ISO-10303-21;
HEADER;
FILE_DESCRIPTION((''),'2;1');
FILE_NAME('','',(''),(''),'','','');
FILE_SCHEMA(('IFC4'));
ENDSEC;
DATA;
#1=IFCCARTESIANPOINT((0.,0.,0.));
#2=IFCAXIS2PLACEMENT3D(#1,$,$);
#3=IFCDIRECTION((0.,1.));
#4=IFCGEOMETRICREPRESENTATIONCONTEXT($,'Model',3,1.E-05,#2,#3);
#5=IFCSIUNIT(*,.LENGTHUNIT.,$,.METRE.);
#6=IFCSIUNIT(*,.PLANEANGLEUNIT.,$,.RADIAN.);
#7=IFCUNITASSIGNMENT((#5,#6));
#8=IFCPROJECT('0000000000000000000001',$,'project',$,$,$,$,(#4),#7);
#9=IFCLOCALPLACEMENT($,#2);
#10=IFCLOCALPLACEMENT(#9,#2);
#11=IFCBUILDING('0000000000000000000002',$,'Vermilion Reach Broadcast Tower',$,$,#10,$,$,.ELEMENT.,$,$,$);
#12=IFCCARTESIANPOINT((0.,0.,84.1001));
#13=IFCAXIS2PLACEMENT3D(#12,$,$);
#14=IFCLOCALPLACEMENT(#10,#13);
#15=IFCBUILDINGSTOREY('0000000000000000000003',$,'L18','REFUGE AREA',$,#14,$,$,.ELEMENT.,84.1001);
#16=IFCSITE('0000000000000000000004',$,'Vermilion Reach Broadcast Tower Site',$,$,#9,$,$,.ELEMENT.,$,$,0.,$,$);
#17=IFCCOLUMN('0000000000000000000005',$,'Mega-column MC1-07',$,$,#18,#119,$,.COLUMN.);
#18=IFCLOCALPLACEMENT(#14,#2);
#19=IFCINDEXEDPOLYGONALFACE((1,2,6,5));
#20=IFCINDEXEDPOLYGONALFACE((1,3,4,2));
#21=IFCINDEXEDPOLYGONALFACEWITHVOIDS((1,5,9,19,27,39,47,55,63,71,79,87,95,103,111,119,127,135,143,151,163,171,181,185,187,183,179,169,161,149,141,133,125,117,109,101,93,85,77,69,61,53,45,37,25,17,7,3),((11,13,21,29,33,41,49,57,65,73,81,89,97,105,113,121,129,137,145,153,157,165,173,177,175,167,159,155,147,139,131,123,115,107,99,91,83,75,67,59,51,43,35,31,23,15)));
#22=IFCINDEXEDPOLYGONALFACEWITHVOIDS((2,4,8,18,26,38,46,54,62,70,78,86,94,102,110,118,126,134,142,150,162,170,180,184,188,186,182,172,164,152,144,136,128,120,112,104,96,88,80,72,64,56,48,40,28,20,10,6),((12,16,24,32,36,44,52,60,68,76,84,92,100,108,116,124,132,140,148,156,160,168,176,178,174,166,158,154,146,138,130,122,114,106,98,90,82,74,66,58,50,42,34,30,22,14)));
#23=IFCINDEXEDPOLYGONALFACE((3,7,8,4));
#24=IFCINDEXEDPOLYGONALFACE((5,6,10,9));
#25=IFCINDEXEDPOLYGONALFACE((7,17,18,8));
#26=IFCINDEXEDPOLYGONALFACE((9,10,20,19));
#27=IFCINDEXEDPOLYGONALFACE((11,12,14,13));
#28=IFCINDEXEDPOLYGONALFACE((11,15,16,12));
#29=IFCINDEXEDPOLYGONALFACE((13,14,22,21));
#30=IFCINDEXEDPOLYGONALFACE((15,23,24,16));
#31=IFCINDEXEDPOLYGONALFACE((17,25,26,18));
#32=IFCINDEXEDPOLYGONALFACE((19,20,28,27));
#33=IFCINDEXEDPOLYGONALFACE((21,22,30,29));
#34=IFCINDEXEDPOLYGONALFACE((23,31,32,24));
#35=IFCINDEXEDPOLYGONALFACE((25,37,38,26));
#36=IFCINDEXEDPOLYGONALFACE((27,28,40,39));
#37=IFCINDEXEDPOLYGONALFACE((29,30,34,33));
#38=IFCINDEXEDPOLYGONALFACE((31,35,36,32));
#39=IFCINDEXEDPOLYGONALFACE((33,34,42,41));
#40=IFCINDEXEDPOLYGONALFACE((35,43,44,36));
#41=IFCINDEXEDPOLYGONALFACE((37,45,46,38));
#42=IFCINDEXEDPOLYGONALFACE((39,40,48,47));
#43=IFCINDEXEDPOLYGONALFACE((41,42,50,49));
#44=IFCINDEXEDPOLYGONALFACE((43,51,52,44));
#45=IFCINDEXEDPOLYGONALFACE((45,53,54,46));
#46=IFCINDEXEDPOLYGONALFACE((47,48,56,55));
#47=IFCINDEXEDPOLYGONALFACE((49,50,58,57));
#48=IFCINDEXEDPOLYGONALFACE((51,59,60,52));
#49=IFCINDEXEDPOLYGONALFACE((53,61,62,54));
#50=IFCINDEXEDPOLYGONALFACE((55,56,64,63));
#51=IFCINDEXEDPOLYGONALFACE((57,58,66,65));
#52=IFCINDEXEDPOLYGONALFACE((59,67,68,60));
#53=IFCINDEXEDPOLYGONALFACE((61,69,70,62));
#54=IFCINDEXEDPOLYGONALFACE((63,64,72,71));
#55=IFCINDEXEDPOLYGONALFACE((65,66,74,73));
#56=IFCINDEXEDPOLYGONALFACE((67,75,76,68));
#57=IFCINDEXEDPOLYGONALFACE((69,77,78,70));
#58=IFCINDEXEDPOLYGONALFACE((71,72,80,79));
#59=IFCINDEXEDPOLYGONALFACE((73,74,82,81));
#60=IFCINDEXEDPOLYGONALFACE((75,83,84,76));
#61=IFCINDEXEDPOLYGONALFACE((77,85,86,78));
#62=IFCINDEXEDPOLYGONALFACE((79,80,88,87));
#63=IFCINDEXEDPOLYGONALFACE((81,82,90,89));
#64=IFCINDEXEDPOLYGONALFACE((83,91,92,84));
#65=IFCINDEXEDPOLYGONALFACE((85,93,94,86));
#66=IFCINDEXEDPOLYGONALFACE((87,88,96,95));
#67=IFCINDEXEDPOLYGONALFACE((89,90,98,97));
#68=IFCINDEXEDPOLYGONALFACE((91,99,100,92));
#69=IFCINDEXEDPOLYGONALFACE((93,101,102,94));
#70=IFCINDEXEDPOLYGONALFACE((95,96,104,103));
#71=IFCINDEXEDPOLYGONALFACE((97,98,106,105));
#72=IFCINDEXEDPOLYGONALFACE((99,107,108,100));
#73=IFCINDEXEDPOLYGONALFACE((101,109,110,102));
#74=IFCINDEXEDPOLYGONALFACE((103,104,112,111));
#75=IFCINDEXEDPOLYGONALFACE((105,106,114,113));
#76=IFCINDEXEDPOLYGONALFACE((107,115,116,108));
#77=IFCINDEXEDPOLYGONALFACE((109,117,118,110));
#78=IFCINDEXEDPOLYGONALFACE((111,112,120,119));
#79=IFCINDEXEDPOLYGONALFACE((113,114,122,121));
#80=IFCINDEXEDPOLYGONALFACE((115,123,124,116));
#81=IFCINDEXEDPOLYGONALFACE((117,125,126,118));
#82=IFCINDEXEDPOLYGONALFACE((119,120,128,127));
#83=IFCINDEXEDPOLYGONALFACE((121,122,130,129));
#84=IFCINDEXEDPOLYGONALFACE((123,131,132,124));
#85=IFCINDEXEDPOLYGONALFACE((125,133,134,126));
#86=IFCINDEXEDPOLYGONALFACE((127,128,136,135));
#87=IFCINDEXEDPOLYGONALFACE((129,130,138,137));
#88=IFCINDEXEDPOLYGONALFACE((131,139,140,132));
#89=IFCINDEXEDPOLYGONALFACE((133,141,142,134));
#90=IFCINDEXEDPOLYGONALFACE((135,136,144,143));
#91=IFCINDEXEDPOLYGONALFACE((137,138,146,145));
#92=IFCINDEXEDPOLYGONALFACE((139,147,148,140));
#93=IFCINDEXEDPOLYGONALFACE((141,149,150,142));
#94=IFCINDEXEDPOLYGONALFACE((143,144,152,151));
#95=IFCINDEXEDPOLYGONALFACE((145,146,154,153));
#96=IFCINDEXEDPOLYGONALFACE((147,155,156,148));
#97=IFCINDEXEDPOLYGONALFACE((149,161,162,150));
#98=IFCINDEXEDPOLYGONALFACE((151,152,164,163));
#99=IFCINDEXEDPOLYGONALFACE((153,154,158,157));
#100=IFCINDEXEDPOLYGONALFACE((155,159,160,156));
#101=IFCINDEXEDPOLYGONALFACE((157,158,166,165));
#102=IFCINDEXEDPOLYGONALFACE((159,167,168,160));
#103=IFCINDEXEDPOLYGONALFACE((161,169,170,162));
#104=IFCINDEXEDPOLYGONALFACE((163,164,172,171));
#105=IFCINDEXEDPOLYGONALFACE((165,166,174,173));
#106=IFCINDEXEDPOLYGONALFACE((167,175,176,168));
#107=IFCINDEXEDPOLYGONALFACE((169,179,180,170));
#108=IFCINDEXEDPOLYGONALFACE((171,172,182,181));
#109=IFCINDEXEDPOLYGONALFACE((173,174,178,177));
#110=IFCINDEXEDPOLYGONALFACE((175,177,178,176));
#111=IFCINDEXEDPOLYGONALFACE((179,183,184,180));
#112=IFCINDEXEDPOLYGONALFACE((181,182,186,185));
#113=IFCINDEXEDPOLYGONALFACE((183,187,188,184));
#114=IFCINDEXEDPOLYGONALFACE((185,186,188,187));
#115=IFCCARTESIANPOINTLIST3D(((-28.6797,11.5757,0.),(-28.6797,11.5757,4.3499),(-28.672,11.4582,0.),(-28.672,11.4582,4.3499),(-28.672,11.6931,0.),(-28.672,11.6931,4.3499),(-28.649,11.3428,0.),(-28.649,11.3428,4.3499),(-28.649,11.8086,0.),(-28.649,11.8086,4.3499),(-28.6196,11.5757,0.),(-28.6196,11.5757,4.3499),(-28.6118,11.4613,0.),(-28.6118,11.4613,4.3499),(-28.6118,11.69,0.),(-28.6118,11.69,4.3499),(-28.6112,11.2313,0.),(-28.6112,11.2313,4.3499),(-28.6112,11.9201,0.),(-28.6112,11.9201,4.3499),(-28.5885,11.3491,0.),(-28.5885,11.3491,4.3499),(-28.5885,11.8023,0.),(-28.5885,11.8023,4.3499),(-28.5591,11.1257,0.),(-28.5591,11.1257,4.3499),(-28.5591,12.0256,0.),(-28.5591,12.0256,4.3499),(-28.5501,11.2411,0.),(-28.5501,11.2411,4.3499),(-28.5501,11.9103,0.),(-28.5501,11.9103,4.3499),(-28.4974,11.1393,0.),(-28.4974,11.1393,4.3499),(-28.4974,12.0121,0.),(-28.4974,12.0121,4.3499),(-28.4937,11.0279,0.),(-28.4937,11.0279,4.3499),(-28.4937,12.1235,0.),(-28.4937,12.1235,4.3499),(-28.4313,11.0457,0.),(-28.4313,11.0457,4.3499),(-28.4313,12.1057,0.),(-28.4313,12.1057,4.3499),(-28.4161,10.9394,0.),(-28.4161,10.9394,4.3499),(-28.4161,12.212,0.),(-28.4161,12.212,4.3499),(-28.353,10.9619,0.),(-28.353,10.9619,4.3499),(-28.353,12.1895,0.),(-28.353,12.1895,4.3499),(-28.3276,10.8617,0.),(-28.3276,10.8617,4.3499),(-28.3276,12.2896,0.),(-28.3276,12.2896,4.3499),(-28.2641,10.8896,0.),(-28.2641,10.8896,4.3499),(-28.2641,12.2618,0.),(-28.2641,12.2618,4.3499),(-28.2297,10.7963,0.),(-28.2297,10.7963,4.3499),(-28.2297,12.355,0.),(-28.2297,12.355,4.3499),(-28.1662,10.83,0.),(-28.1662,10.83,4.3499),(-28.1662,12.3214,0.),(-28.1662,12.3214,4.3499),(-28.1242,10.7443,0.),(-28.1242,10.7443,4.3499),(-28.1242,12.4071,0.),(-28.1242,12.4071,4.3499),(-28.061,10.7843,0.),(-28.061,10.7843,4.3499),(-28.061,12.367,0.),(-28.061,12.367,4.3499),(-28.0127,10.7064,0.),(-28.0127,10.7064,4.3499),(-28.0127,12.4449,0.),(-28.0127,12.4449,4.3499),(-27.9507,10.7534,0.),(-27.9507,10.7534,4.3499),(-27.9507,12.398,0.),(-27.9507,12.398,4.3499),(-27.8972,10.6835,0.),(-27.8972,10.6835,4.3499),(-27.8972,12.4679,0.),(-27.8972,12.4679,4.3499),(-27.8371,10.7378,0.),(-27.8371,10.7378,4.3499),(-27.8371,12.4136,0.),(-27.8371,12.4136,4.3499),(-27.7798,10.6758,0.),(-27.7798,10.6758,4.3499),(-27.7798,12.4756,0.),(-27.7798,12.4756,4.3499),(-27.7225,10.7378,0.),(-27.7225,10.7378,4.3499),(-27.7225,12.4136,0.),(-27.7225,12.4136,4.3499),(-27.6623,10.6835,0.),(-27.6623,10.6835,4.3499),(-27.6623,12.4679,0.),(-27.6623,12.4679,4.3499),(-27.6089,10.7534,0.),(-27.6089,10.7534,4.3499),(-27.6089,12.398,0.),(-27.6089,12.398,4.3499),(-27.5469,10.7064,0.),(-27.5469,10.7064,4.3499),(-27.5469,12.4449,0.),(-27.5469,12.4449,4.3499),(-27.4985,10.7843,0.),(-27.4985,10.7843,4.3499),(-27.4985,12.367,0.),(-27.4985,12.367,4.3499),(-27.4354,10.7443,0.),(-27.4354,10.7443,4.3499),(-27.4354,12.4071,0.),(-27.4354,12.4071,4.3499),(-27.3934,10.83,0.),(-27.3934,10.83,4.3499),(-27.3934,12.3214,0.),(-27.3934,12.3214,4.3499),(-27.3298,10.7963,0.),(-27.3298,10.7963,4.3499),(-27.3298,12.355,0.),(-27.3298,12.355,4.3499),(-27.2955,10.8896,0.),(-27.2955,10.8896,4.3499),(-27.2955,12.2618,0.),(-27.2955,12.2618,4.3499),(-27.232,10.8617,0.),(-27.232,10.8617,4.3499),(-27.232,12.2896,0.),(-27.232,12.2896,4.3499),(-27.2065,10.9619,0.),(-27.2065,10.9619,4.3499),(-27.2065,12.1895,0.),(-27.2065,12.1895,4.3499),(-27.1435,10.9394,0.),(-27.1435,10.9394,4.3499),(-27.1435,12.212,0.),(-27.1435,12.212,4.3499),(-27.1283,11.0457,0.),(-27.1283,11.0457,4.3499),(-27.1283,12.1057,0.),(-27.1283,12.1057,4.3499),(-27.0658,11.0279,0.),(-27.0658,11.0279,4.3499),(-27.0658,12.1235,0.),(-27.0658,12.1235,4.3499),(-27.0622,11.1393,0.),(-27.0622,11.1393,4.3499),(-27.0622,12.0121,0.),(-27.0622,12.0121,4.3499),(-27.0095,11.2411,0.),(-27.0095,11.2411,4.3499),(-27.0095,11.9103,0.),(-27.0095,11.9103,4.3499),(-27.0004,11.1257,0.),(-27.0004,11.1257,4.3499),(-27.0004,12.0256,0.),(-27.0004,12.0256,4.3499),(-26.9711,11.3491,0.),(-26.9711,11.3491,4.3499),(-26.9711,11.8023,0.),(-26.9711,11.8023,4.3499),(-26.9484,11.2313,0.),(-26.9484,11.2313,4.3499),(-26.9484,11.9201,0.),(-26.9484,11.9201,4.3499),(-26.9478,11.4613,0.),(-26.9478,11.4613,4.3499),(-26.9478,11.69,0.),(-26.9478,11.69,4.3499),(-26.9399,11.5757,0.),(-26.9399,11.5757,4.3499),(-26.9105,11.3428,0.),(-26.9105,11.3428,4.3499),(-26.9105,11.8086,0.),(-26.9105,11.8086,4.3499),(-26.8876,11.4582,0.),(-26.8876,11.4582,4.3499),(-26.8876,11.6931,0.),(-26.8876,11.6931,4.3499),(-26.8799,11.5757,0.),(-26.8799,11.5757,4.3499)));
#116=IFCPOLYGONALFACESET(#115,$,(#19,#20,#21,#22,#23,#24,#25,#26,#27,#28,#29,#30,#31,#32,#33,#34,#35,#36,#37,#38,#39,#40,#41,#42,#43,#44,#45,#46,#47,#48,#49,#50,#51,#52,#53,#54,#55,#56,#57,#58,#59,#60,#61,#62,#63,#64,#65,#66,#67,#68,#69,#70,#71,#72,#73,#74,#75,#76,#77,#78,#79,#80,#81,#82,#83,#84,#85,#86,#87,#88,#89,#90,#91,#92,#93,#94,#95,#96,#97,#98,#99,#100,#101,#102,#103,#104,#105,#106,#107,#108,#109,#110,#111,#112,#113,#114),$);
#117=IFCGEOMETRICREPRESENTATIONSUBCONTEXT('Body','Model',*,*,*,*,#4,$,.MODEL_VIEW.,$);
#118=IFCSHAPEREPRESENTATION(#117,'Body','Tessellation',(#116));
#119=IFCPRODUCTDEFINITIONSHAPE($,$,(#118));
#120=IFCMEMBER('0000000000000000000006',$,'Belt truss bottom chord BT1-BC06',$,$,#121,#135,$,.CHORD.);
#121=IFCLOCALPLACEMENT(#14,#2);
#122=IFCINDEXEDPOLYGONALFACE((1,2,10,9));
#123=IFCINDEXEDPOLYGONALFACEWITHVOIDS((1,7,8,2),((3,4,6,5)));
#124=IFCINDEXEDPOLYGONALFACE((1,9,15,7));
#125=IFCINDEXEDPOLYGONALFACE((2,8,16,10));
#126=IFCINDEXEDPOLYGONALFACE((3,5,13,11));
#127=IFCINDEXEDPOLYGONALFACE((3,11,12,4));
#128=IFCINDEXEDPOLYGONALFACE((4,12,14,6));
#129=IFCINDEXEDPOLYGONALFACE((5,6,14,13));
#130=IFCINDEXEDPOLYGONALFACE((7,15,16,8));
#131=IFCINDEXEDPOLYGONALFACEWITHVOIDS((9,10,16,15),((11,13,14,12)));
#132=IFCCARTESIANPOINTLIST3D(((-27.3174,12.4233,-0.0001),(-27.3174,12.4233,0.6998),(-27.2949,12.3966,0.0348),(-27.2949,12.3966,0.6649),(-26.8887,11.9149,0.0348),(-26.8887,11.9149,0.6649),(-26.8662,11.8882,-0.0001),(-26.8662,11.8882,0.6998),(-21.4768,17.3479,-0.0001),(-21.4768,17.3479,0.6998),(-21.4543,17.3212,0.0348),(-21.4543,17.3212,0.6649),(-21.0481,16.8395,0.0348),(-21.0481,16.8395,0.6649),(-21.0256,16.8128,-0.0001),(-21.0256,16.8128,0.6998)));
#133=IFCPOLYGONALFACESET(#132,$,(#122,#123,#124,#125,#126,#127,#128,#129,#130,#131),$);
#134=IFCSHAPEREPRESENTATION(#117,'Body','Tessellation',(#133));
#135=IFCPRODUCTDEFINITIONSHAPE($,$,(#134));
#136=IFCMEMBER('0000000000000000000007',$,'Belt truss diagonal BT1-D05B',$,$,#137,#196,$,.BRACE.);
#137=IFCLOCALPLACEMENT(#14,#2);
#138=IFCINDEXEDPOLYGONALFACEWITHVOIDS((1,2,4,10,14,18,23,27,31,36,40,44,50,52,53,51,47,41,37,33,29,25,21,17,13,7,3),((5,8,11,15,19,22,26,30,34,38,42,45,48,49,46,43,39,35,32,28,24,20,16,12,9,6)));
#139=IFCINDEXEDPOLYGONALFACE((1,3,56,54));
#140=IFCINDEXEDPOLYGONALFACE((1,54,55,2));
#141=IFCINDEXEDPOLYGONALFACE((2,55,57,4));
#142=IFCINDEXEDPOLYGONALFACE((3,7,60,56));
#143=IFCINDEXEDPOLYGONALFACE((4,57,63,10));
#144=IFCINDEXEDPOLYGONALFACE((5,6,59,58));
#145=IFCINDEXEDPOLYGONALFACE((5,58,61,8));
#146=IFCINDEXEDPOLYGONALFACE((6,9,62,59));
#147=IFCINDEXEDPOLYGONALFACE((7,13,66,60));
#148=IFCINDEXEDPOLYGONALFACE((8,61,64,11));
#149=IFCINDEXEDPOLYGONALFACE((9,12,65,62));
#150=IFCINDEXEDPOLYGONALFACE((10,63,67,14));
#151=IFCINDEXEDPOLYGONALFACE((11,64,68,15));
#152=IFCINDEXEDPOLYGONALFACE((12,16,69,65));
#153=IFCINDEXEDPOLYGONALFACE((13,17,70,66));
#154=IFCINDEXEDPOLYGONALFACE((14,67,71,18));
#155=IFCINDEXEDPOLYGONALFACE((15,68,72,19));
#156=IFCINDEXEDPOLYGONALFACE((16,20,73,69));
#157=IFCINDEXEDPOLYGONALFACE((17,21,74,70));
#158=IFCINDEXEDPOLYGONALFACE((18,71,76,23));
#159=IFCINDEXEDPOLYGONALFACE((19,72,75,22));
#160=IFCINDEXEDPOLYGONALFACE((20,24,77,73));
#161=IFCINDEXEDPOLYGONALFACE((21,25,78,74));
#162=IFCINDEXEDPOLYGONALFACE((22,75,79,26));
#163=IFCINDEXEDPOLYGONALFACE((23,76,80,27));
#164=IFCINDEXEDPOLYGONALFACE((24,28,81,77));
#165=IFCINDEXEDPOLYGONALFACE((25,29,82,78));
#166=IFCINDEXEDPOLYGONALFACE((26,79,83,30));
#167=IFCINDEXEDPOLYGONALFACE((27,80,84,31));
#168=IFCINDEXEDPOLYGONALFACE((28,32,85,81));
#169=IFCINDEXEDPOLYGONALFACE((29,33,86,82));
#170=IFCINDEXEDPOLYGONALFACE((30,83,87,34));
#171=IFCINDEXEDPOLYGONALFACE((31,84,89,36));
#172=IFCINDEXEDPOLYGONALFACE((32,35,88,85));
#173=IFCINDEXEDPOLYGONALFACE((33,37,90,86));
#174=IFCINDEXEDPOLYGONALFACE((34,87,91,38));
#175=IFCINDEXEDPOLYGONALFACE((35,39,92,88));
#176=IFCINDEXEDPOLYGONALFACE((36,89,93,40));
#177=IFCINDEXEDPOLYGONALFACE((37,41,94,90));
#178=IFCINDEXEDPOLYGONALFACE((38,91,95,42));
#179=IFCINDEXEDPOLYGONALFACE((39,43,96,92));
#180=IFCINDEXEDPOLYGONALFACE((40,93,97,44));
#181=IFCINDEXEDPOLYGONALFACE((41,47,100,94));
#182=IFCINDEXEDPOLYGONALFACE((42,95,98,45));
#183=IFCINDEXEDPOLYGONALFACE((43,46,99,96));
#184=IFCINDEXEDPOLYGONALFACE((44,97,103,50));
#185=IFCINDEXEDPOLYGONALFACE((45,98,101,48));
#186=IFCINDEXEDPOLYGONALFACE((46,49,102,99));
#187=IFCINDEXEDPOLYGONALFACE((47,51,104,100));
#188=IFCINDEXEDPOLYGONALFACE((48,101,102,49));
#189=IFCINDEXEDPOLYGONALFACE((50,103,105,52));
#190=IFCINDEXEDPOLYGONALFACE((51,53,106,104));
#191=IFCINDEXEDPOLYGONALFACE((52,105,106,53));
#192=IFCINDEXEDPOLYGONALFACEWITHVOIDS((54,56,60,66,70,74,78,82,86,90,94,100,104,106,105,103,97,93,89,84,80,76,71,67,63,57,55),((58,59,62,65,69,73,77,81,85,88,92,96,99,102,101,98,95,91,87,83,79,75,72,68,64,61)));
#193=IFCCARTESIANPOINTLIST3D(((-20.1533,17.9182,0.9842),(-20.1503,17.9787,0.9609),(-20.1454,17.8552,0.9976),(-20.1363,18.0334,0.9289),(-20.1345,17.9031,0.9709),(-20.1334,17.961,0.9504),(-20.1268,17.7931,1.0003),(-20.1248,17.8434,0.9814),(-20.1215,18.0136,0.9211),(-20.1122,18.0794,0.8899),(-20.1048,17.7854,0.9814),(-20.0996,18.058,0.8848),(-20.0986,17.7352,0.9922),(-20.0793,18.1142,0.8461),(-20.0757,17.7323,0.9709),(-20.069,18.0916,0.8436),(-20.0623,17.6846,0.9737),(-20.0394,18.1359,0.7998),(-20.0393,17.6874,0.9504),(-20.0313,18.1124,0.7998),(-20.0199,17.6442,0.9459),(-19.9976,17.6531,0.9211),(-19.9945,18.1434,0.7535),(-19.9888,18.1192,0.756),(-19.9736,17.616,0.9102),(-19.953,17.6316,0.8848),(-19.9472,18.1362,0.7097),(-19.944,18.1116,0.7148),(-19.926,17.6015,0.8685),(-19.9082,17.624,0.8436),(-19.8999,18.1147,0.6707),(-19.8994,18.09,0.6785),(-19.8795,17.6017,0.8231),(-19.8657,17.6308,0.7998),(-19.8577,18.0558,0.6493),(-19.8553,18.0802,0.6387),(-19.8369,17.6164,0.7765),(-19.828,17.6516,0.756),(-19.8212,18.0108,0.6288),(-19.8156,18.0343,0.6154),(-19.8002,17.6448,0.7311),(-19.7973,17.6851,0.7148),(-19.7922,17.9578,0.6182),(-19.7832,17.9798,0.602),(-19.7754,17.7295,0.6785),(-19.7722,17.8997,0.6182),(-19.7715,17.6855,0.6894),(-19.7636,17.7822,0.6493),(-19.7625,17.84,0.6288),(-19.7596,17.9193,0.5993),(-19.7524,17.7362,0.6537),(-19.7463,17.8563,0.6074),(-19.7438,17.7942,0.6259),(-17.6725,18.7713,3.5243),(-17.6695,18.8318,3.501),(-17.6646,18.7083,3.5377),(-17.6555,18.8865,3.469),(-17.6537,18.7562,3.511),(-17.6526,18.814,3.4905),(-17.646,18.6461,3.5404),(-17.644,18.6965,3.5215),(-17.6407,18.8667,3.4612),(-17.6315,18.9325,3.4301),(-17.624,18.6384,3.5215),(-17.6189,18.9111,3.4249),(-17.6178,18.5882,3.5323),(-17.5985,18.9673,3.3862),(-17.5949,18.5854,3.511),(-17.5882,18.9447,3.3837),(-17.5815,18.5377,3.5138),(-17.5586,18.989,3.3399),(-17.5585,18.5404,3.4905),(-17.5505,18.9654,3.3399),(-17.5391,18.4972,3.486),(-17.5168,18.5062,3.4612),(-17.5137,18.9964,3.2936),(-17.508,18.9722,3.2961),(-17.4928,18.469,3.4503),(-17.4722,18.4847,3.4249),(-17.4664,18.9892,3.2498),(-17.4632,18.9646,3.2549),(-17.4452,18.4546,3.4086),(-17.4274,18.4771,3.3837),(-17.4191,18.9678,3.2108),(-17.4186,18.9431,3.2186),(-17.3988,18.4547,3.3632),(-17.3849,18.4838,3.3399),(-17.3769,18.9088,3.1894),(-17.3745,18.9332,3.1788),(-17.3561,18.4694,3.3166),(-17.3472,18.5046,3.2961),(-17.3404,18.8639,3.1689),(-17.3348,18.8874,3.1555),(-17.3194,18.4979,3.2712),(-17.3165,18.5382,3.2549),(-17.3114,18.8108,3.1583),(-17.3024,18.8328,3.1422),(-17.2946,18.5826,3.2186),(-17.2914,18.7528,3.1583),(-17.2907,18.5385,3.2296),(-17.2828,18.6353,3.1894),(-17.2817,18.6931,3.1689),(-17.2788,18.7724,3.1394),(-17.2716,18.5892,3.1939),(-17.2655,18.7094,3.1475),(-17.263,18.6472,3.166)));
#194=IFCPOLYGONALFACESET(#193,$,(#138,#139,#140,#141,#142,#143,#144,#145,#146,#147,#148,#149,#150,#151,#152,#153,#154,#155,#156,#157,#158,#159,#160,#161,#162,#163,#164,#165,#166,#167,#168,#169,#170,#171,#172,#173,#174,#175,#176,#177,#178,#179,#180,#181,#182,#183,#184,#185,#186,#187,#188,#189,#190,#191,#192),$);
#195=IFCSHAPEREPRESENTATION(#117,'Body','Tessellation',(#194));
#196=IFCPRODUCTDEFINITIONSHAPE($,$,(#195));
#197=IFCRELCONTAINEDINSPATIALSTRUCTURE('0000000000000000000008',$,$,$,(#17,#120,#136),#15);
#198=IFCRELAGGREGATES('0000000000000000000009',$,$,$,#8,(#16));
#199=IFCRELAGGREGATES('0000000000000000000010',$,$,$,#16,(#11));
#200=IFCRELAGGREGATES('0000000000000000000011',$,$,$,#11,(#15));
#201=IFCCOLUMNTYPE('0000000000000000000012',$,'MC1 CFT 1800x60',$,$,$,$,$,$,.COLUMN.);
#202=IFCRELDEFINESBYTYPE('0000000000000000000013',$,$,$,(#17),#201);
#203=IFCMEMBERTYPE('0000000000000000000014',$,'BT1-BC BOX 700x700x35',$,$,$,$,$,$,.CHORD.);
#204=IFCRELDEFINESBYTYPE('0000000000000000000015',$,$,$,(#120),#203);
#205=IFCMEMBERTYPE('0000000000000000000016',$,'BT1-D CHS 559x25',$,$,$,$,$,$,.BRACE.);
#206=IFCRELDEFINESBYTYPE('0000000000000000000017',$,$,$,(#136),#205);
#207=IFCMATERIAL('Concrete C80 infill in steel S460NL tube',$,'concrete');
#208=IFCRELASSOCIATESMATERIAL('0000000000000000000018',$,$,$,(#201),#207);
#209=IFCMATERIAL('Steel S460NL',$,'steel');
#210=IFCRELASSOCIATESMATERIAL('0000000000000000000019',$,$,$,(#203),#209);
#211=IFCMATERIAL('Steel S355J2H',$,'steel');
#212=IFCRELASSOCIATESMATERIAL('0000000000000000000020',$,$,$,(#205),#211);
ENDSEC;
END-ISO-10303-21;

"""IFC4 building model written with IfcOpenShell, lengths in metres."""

from ifc_helpers import new_model, si_unit, direction, frame, origin, origin_2d, place, context, subcontext, project, spatial, hollow_rectangle, hollow_circle, extrude, material, material_profile, profile_set, type_object, element, save


model = new_model("IFC4")

# Units and contexts
model_context = context("Model", 3, precision=1e-05, world=origin(), true_north=direction((0.0, 1.0)))
body_context = subcontext(model_context, "Body", "Model", "MODEL_VIEW")
ifc_project = project(units=[si_unit("LENGTHUNIT", "METRE"), si_unit("PLANEANGLEUNIT", "RADIAN")], contexts=[model_context])

# Site, building, storey
site_placement = place(None, origin())
site = spatial("IfcSite", under=ifc_project, at=site_placement, Name="Vermilion Reach Broadcast Tower Site", CompositionType="ELEMENT", RefElevation=0.0)
building_placement = place(site_placement, origin())
building = spatial("IfcBuilding", under=site, at=building_placement, Name="Vermilion Reach Broadcast Tower", CompositionType="ELEMENT")
storey_placement = place(building_placement, frame((0.0, 0.0, 84.1001)))
storey = spatial("IfcBuildingStorey", under=building, at=storey_placement, Name="L18", Description="REFUGE AREA", CompositionType="ELEMENT", Elevation=84.1001)

# Column
ifc_material_1 = material(Name="Concrete C80 infill in steel S460NL tube", Category="concrete")
ifc_material_profile_1 = material_profile(ifc_material_1, hollow_circle(Radius=0.8999, WallThickness=0.0601, at=origin_2d()), Name="Concrete C80 infill in steel S460NL tube CFT 1800x60")
ifc_profile_set_1 = profile_set([ifc_material_profile_1], Name="Concrete C80 infill in steel S460NL tube")
column_type = type_object("IfcColumnType", Name="MC1 CFT 1800x60", PredefinedType="COLUMN", material=ifc_profile_set_1)
for number, where, z_axis, x_axis, name in (
    (1, (-27.7798, 11.5757, 0.0), (0.0, 0.0, 1.0), (1.0, 0.0, 0.0), "Mega-column MC1-07"),
):
    element("IfcColumn", number, at=place(storey_placement, frame(where, z_axis=z_axis, x_axis=x_axis)), inside=storey, type_object=column_type, Name=name, PredefinedType="COLUMN", context=body_context, shape_type="SweptSolid", body=[
        extrude(hollow_circle(Radius=0.8999, WallThickness=0.0601, at=origin_2d()), origin(), (0.0, 0.0, 1.0), 4.3499),
    ])

# Members
ifc_material_2 = material(Name="Steel S460NL", Category="steel")
ifc_material_profile_2 = material_profile(ifc_material_2, hollow_rectangle(XDim=0.7, YDim=0.7, WallThickness=0.0349, at=origin_2d()), Name="S460NL BOX 700x700x35")
ifc_profile_set_2 = profile_set([ifc_material_profile_2], Name="Steel S460NL")
member_type_1 = type_object("IfcMemberType", Name="BT1-BC BOX 700x700x35", PredefinedType="CHORD", material=ifc_profile_set_2)
member_1_placement = place(storey_placement, frame((-21.2512, 17.0803, 0.3499), z_axis=(-0.764512, -0.644609, 0.0), x_axis=(0.644609, -0.764512, 0.0)))
element("IfcMember", 2, at=member_1_placement, inside=storey, type_object=member_type_1, Name="Belt truss bottom chord BT1-BC06", PredefinedType="CHORD", context=body_context, shape_type="SweptSolid", body=[
    extrude(hollow_rectangle(XDim=0.7, YDim=0.7, WallThickness=0.0349, at=origin_2d()), origin(), (0.0, 0.0, 1.0), 7.6396),
])
ifc_material_3 = material(Name="Steel S355J2H", Category="steel")
ifc_material_profile_3 = material_profile(ifc_material_3, hollow_circle(Radius=0.2795, WallThickness=0.0249, at=origin_2d()), Name="S355J2H CHS 559x25")
ifc_profile_set_3 = profile_set([ifc_material_profile_3], Name="Steel S355J2H")
member_type_2 = type_object("IfcMemberType", Name="BT1-D CHS 559x25", PredefinedType="BRACE", material=ifc_profile_set_3)
member_2_placement = place(storey_placement, frame((-19.9485, 17.8716, 0.7998), z_axis=(0.67937, 0.233611, 0.695617), x_axis=(-0.325176, 0.945654, 0.0)))
element("IfcMember", 3, at=member_2_placement, inside=storey, type_object=member_type_2, Name="Belt truss diagonal BT1-D05B", PredefinedType="BRACE", context=body_context, shape_type="SweptSolid", body=[
    extrude(hollow_circle(Radius=0.2795, WallThickness=0.0249, at=origin_2d()), origin(), (0.0, 0.0, 1.0), 3.6516),
])

save(model, "model.ifc")
